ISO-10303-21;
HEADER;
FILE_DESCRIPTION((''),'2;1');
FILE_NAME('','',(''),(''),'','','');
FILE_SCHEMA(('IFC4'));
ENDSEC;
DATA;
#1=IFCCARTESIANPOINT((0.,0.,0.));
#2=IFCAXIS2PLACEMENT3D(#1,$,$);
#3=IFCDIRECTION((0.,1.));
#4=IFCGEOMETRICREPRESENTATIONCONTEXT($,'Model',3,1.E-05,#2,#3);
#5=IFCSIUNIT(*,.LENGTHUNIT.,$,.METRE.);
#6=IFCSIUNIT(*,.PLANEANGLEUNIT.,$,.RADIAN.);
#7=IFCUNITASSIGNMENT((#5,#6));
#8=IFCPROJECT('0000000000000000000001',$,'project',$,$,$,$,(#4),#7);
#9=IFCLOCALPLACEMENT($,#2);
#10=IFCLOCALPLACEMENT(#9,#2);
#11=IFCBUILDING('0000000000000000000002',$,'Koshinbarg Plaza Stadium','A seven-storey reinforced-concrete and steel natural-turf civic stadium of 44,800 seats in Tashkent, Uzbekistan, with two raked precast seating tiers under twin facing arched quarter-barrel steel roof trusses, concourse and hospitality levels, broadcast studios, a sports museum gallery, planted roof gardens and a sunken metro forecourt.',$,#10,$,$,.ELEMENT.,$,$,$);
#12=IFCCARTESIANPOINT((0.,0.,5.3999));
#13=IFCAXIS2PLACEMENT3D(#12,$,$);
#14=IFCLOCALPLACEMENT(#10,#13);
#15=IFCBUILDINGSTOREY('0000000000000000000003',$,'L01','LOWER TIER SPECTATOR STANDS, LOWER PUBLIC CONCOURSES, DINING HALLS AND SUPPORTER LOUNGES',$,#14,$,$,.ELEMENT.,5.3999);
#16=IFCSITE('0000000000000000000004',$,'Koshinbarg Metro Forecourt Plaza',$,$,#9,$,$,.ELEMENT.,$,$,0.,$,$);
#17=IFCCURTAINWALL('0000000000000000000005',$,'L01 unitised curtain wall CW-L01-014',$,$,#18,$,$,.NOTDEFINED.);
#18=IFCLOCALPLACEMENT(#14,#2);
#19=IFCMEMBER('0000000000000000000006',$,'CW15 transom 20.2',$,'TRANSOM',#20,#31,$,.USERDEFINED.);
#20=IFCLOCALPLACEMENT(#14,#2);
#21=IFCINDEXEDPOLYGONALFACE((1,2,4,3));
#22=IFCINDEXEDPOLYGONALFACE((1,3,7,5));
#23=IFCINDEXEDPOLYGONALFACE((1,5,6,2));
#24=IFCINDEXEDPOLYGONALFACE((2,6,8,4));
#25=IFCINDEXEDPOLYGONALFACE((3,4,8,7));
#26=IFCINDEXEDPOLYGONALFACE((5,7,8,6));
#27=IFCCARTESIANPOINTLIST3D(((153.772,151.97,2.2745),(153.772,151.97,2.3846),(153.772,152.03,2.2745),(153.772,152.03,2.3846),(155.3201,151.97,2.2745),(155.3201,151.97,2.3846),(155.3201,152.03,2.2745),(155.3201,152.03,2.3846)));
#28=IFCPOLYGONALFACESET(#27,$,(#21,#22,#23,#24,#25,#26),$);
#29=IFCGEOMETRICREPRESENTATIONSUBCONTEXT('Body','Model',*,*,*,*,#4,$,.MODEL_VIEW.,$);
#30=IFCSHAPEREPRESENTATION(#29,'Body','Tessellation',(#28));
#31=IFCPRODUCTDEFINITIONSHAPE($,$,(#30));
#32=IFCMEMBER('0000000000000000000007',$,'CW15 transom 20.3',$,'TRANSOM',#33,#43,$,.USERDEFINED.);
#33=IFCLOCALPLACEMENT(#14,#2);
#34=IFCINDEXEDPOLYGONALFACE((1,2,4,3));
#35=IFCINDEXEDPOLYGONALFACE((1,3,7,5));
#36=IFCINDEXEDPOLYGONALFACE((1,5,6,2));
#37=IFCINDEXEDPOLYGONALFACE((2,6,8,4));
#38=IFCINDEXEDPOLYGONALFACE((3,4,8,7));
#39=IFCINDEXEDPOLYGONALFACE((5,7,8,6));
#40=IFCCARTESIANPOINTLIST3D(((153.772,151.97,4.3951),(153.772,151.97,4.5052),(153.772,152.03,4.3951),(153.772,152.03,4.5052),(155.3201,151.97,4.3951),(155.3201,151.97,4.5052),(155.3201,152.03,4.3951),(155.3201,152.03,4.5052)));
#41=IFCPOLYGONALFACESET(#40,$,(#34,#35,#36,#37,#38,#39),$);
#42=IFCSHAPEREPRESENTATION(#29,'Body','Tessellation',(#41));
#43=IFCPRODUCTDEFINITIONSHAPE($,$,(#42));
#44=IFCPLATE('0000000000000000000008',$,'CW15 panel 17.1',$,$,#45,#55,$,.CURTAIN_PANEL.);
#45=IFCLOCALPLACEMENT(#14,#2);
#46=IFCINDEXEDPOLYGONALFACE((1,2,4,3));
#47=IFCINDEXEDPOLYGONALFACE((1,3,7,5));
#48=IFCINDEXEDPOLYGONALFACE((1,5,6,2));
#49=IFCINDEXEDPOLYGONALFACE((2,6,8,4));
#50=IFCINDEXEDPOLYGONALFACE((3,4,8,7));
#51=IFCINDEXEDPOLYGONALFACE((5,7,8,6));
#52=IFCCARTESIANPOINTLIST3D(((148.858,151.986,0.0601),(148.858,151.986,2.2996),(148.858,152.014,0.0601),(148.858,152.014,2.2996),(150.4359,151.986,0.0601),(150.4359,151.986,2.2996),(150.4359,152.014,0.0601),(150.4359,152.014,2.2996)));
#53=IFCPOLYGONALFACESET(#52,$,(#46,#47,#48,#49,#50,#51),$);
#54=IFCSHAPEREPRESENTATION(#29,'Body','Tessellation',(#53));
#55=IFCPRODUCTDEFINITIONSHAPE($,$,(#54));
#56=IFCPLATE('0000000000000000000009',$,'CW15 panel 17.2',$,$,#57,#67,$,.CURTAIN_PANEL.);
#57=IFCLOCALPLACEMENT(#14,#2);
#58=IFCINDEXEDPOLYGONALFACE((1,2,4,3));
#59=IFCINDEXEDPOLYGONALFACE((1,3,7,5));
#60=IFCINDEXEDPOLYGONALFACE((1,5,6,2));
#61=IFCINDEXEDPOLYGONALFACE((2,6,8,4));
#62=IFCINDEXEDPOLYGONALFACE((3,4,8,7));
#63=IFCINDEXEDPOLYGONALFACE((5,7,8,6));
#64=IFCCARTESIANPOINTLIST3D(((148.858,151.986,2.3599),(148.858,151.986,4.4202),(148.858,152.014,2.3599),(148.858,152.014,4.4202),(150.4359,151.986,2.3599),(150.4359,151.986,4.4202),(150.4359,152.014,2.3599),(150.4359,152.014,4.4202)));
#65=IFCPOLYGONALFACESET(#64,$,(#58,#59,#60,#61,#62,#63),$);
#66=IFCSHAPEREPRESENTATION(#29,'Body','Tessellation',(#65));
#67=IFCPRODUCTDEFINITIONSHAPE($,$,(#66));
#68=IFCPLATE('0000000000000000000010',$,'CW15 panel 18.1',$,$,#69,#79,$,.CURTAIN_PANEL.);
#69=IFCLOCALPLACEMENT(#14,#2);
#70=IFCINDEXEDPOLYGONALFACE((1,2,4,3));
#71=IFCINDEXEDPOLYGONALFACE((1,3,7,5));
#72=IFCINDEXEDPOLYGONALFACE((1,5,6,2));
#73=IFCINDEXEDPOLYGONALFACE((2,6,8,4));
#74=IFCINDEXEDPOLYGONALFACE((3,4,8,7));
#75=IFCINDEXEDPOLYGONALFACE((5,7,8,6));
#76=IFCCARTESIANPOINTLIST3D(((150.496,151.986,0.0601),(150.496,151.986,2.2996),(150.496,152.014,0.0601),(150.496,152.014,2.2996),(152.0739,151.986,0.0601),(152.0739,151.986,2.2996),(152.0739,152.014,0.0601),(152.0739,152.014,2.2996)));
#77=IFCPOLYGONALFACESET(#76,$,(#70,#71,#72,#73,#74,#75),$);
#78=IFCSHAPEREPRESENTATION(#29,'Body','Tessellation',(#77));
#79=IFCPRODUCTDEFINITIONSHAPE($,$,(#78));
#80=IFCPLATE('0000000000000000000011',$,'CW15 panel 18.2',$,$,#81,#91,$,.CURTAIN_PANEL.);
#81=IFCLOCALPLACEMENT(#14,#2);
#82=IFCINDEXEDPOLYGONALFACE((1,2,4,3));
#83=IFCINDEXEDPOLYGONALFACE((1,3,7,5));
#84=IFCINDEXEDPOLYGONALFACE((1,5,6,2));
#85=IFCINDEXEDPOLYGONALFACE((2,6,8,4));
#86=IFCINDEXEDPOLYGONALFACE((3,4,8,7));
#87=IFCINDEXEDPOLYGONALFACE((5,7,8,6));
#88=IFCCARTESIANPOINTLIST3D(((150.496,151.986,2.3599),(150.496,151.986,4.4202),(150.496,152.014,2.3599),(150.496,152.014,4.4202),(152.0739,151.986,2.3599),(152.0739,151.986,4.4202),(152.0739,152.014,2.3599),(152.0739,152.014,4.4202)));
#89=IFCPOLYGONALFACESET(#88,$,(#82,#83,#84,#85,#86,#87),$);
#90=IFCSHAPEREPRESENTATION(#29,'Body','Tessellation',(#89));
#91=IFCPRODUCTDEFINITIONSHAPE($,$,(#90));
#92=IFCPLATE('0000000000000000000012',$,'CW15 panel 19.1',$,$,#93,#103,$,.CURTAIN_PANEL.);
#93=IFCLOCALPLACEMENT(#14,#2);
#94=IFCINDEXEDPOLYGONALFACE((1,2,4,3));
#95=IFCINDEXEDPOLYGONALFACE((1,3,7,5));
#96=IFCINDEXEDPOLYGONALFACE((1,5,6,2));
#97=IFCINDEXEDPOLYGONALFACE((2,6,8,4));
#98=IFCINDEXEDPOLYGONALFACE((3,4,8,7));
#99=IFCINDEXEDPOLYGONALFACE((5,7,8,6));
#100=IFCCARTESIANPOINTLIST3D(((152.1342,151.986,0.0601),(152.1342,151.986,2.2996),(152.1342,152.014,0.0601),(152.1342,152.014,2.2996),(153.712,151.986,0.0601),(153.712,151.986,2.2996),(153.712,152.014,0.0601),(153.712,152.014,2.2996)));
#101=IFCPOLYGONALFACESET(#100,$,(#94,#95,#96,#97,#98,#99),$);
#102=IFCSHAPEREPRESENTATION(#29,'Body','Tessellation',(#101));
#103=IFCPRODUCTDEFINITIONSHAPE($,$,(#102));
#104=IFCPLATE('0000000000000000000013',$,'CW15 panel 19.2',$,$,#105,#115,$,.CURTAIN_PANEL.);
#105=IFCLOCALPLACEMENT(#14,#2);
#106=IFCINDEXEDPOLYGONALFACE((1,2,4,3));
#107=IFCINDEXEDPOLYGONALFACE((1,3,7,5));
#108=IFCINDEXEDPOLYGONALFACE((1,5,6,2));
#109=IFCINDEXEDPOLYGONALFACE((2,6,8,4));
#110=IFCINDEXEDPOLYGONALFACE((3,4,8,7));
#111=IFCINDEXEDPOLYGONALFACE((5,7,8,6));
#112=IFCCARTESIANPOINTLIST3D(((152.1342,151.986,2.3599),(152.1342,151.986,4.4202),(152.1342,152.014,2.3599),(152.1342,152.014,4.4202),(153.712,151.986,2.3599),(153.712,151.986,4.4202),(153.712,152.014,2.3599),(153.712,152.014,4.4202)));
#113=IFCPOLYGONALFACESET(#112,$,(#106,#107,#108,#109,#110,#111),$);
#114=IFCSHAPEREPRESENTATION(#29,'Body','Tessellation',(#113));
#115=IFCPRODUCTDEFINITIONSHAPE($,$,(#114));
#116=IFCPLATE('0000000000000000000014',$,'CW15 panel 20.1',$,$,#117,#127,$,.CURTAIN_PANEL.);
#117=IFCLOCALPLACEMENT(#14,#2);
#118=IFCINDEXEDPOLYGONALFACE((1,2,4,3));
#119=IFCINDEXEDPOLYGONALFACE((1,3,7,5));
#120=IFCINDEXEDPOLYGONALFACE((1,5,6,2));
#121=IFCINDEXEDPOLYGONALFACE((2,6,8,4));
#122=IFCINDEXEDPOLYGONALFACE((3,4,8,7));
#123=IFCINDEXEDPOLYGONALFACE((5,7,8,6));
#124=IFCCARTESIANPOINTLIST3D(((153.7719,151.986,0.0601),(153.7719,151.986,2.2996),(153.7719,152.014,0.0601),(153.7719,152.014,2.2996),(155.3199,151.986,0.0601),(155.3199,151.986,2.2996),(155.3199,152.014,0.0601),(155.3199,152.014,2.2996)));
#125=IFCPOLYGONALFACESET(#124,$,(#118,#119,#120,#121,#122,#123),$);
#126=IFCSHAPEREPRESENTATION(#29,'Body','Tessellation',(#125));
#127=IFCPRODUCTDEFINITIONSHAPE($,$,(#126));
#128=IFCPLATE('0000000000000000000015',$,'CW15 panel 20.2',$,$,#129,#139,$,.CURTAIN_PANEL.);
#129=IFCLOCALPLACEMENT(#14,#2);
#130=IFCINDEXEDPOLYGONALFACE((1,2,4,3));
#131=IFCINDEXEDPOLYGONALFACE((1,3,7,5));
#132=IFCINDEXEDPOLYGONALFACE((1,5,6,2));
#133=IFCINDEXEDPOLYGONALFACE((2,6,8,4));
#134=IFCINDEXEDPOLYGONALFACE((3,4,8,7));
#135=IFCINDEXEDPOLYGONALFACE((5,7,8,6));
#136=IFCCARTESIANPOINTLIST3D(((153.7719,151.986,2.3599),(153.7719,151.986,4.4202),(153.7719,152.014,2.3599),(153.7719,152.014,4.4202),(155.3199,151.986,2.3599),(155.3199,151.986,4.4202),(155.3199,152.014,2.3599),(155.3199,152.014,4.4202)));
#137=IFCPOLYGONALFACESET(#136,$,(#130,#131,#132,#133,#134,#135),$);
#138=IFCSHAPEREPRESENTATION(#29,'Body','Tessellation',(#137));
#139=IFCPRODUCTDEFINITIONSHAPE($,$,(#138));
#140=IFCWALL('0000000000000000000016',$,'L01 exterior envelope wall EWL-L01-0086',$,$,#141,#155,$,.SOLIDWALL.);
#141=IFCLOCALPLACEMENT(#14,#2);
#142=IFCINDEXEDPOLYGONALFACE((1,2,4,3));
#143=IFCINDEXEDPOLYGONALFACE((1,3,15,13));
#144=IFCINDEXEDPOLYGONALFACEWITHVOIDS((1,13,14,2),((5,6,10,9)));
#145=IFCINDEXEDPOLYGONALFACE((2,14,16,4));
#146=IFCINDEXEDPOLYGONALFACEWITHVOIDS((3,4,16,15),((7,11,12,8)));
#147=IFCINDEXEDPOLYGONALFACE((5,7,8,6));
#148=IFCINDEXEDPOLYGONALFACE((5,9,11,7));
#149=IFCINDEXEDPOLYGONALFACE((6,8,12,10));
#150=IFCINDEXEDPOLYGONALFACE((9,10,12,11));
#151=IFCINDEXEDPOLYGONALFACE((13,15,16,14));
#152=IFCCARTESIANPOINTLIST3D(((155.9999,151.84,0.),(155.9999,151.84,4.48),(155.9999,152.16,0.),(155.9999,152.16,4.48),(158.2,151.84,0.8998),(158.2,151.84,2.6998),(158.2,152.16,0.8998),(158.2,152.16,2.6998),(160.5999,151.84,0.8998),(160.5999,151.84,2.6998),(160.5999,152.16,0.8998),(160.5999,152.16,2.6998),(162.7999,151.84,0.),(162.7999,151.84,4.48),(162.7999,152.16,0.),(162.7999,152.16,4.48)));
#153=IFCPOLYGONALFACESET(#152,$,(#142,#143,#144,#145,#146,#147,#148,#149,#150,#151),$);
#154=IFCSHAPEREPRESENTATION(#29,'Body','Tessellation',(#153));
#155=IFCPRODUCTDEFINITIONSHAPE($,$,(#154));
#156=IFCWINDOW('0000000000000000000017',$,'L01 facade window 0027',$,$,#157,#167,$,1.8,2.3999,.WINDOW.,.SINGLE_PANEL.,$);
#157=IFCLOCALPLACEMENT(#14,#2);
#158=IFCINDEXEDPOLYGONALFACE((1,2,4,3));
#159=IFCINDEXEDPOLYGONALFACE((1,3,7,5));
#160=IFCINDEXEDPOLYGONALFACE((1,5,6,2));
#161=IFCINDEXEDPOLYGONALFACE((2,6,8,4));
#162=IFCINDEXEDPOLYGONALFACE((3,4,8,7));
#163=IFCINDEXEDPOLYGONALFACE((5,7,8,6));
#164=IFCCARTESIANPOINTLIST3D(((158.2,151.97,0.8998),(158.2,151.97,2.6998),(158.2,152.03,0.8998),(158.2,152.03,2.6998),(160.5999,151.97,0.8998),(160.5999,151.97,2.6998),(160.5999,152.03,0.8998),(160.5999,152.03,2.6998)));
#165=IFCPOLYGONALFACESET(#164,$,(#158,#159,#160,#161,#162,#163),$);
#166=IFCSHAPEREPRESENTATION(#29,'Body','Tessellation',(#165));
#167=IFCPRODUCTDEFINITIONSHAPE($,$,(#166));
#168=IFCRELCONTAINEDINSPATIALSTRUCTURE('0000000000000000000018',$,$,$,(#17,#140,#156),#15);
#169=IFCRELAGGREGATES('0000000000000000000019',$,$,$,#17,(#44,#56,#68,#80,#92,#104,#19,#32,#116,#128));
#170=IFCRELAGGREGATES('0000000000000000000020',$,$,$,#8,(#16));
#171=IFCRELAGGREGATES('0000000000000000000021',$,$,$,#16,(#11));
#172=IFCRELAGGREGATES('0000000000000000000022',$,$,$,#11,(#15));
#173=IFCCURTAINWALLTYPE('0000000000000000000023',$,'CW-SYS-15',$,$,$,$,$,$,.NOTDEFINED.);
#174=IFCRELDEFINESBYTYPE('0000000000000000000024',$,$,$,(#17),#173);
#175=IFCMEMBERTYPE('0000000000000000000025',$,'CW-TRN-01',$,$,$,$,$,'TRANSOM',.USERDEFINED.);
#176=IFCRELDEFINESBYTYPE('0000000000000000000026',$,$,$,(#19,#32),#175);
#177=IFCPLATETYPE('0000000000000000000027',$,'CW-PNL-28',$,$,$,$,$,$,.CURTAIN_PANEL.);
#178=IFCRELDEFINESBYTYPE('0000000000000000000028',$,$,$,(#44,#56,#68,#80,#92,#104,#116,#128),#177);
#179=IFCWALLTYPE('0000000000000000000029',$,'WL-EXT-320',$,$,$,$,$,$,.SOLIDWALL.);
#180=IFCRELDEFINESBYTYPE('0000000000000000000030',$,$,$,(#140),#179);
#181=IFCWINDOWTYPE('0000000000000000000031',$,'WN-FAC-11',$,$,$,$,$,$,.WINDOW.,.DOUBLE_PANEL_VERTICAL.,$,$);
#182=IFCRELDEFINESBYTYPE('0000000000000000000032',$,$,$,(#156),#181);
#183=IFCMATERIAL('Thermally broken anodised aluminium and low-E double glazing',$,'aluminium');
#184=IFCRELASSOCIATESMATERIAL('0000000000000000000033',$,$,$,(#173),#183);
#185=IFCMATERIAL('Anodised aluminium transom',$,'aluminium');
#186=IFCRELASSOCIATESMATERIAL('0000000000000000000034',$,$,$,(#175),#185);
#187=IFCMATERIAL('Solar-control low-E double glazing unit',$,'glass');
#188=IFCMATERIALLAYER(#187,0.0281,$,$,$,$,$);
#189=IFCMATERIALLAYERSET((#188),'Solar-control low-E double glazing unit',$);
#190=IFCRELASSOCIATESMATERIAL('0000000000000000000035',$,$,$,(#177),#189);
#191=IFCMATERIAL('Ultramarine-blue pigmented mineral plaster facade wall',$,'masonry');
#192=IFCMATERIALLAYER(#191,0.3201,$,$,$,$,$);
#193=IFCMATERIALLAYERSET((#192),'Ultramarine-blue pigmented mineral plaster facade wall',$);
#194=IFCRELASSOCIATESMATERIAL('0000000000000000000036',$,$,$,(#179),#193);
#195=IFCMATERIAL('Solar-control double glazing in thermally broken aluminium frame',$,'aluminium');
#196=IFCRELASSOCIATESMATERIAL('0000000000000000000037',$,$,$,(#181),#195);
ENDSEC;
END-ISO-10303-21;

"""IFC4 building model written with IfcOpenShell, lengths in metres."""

from ifc_helpers import new_model, si_unit, direction, frame, frame_2d, origin, origin_2d, place, context, subcontext, project, spatial, rectangle, extrude, material, layer, layer_set, material_profile, profile_set, type_object, element, fill, aggregate, save


model = new_model("IFC4")

# Units and contexts
model_context = context("Model", 3, precision=1e-05, world=origin(), true_north=direction((0.0, 1.0)))
body_context = subcontext(model_context, "Body", "Model", "MODEL_VIEW")
ifc_project = project(units=[si_unit("LENGTHUNIT", "METRE"), si_unit("PLANEANGLEUNIT", "RADIAN")], contexts=[model_context])

# Site, building, storey
site_placement = place(None, origin())
site = spatial("IfcSite", under=ifc_project, at=site_placement, Name="Koshinbarg Metro Forecourt Plaza", CompositionType="ELEMENT", RefElevation=0.0)
building_placement = place(site_placement, origin())
building = spatial("IfcBuilding", under=site, at=building_placement, Name="Koshinbarg Plaza Stadium", Description="A seven-storey reinforced-concrete and steel natural-turf civic stadium of 44,800 seats in Tashkent, Uzbekistan, with two raked precast seating tiers under twin facing arched quarter-barrel steel roof trusses, concourse and hospitality levels, broadcast studios, a sports museum gallery, planted roof gardens and a sunken metro forecourt.", CompositionType="ELEMENT")
storey_placement = place(building_placement, frame((0.0, 0.0, 5.3999)))
storey = spatial("IfcBuildingStorey", under=building, at=storey_placement, Name="L01", Description="LOWER TIER SPECTATOR STANDS, LOWER PUBLIC CONCOURSES, DINING HALLS AND SUPPORTER LOUNGES", CompositionType="ELEMENT", Elevation=5.3999)

# Curtain wall, members, plates
ifc_material_1 = material(Name="Thermally broken anodised aluminium and low-E double glazing", Category="aluminium")
curtain_wall_type = type_object("IfcCurtainWallType", Name="CW-SYS-15", PredefinedType="NOTDEFINED", material=ifc_material_1)
curtain_wall_placement = place(storey_placement, origin())
curtain_wall = element("IfcCurtainWall", 1, at=curtain_wall_placement, inside=storey, type_object=curtain_wall_type, Name="L01 unitised curtain wall CW-L01-014", PredefinedType="NOTDEFINED")
ifc_material_2 = material(Name="Anodised aluminium transom", Category="aluminium")
ifc_material_profile_1 = material_profile(ifc_material_2, rectangle(XDim=0.0601, YDim=0.1101, at=origin_2d()), Name="ALU 60x110")
ifc_profile_set_1 = profile_set([ifc_material_profile_1], Name="Anodised aluminium transom")
member_type_1 = type_object("IfcMemberType", Name="CW-TRN-01", ElementType="TRANSOM", PredefinedType="USERDEFINED", material=ifc_profile_set_1)
member_1_placement = place(storey_placement, frame((153.772, 152.0, 2.3296), z_axis=(1.0, 0.0, 0.0), x_axis=(0.0, 1.0, 0.0)))
member_1 = element("IfcMember", 2, at=member_1_placement, type_object=member_type_1, Name="CW15 transom 20.2", ObjectType="TRANSOM", PredefinedType="USERDEFINED", context=body_context, shape_type="SweptSolid", body=[
    extrude(rectangle(XDim=0.0601, YDim=0.1101, at=origin_2d()), origin(), (0.0, 0.0, 1.0), 1.5481),
])
member_2_placement = place(storey_placement, frame((153.772, 152.0, 4.4502), z_axis=(1.0, 0.0, 0.0), x_axis=(0.0, 1.0, 0.0)))
member_2 = element("IfcMember", 3, at=member_2_placement, type_object=member_type_1, Name="CW15 transom 20.3", ObjectType="TRANSOM", PredefinedType="USERDEFINED", context=body_context, shape_type="SweptSolid", body=[
    extrude(rectangle(XDim=0.0601, YDim=0.1101, at=origin_2d()), origin(), (0.0, 0.0, 1.0), 1.5481),
])
ifc_material_3 = material(Name="Solar-control low-E double glazing unit", Category="glass")
ifc_layer_1 = layer(ifc_material_3, 0.0281)
ifc_layer_set_1 = layer_set([ifc_layer_1], Name="Solar-control low-E double glazing unit")
plate_type = type_object("IfcPlateType", Name="CW-PNL-28", PredefinedType="CURTAIN_PANEL", material=ifc_layer_set_1)
plate_1_placement = place(storey_placement, frame((149.647, 152.0, 0.0601), z_axis=(0.0, 0.0, 1.0), x_axis=(1.0, 0.0, 0.0)))
plate_1 = element("IfcPlate", 4, at=plate_1_placement, type_object=plate_type, Name="CW15 panel 17.1", PredefinedType="CURTAIN_PANEL", context=body_context, shape_type="SweptSolid", body=[
    extrude(rectangle(XDim=1.5779, YDim=0.0281, at=origin_2d()), origin(), (0.0, 0.0, 1.0), 2.2395),
])
plate_2_placement = place(storey_placement, frame((149.647, 152.0, 2.3599), z_axis=(0.0, 0.0, 1.0), x_axis=(1.0, 0.0, 0.0)))
plate_2 = element("IfcPlate", 5, at=plate_2_placement, type_object=plate_type, Name="CW15 panel 17.2", PredefinedType="CURTAIN_PANEL", context=body_context, shape_type="SweptSolid", body=[
    extrude(rectangle(XDim=1.5779, YDim=0.0281, at=origin_2d()), origin(), (0.0, 0.0, 1.0), 2.0603),
])
plate_3_placement = place(storey_placement, frame((151.2849, 152.0, 0.0601), z_axis=(0.0, 0.0, 1.0), x_axis=(1.0, 0.0, 0.0)))
plate_3 = element("IfcPlate", 6, at=plate_3_placement, type_object=plate_type, Name="CW15 panel 18.1", PredefinedType="CURTAIN_PANEL", context=body_context, shape_type="SweptSolid", body=[
    extrude(rectangle(XDim=1.5779, YDim=0.0281, at=origin_2d()), origin(), (0.0, 0.0, 1.0), 2.2395),
])
plate_4_placement = place(storey_placement, frame((151.2849, 152.0, 2.3599), z_axis=(0.0, 0.0, 1.0), x_axis=(1.0, 0.0, 0.0)))
plate_4 = element("IfcPlate", 7, at=plate_4_placement, type_object=plate_type, Name="CW15 panel 18.2", PredefinedType="CURTAIN_PANEL", context=body_context, shape_type="SweptSolid", body=[
    extrude(rectangle(XDim=1.5779, YDim=0.0281, at=origin_2d()), origin(), (0.0, 0.0, 1.0), 2.0603),
])
plate_5_placement = place(storey_placement, frame((152.9231, 152.0, 0.0601), z_axis=(0.0, 0.0, 1.0), x_axis=(1.0, 0.0, 0.0)))
plate_5 = element("IfcPlate", 8, at=plate_5_placement, type_object=plate_type, Name="CW15 panel 19.1", PredefinedType="CURTAIN_PANEL", context=body_context, shape_type="SweptSolid", body=[
    extrude(rectangle(XDim=1.5779, YDim=0.0281, at=origin_2d()), origin(), (0.0, 0.0, 1.0), 2.2395),
])
plate_6_placement = place(storey_placement, frame((152.9231, 152.0, 2.3599), z_axis=(0.0, 0.0, 1.0), x_axis=(1.0, 0.0, 0.0)))
plate_6 = element("IfcPlate", 9, at=plate_6_placement, type_object=plate_type, Name="CW15 panel 19.2", PredefinedType="CURTAIN_PANEL", context=body_context, shape_type="SweptSolid", body=[
    extrude(rectangle(XDim=1.5779, YDim=0.0281, at=origin_2d()), origin(), (0.0, 0.0, 1.0), 2.0603),
])
plate_7_placement = place(storey_placement, frame((154.5459, 152.0, 0.0601), z_axis=(0.0, 0.0, 1.0), x_axis=(1.0, 0.0, 0.0)))
plate_7 = element("IfcPlate", 10, at=plate_7_placement, type_object=plate_type, Name="CW15 panel 20.1", PredefinedType="CURTAIN_PANEL", context=body_context, shape_type="SweptSolid", body=[
    extrude(rectangle(XDim=1.5481, YDim=0.0281, at=origin_2d()), origin(), (0.0, 0.0, 1.0), 2.2395),
])
plate_8_placement = place(storey_placement, frame((154.5459, 152.0, 2.3599), z_axis=(0.0, 0.0, 1.0), x_axis=(1.0, 0.0, 0.0)))
plate_8 = element("IfcPlate", 11, at=plate_8_placement, type_object=plate_type, Name="CW15 panel 20.2", PredefinedType="CURTAIN_PANEL", context=body_context, shape_type="SweptSolid", body=[
    extrude(rectangle(XDim=1.5481, YDim=0.0281, at=origin_2d()), origin(), (0.0, 0.0, 1.0), 2.0603),
])
aggregate(curtain_wall, [plate_1, plate_2, plate_3, plate_4, plate_5, plate_6, member_1, member_2, plate_7, plate_8])

# Wall, opening, window
ifc_material_4 = material(Name="Ultramarine-blue pigmented mineral plaster facade wall", Category="masonry")
ifc_layer_2 = layer(ifc_material_4, 0.3201)
ifc_layer_set_2 = layer_set([ifc_layer_2], Name="Ultramarine-blue pigmented mineral plaster facade wall")
wall_type = type_object("IfcWallType", Name="WL-EXT-320", PredefinedType="SOLIDWALL", material=ifc_layer_set_2)
wall_placement = place(storey_placement, frame((156.0, 152.0, 0.0), z_axis=(0.0, 0.0, 1.0), x_axis=(1.0, 0.0, 0.0)))
wall = element("IfcWall", 12, at=wall_placement, inside=storey, type_object=wall_type, Name="L01 exterior envelope wall EWL-L01-0086", PredefinedType="SOLIDWALL", context=body_context, shape_type="SweptSolid", body=[
    extrude(rectangle(XDim=6.8, YDim=0.3201, at=frame_2d((3.3999, 0.0))), origin(), (0.0, 0.0, 1.0), 4.48),
])
opening_placement = place(wall_placement, frame((2.2, 0.0, 0.8999)))
opening = element("IfcOpeningElement", 13, at=opening_placement, cuts=wall, PredefinedType="OPENING", context=body_context, shape_type="SweptSolid", body=[
    extrude(rectangle(XDim=2.3999, YDim=1.8, at=frame_2d((1.2, 0.8999))), frame((0.0, 0.1699, 0.0), z_axis=(0.0, -1.0, 0.0), x_axis=(1.0, 0.0, 0.0)), (0.0, 0.0, 1.0), 0.3401),
])
ifc_material_5 = material(Name="Solar-control double glazing in thermally broken aluminium frame", Category="aluminium")
window_type = type_object("IfcWindowType", Name="WN-FAC-11", PartitioningType="DOUBLE_PANEL_VERTICAL", PredefinedType="WINDOW", material=ifc_material_5)
window_placement = place(opening_placement, origin())
window = element("IfcWindow", 14, at=window_placement, inside=storey, type_object=window_type, Name="L01 facade window 0027", OverallHeight=1.8, OverallWidth=2.3999, PartitioningType="SINGLE_PANEL", PredefinedType="WINDOW", context=body_context, shape_type="SweptSolid", body=[
    extrude(rectangle(XDim=2.3999, YDim=1.8, at=frame_2d((1.2, 0.8999))), frame((0.0, 0.03, 0.0), z_axis=(0.0, -1.0, 0.0), x_axis=(1.0, 0.0, 0.0)), (0.0, 0.0, 1.0), 0.0601),
])
fill(opening, window)

save(model, "model.ifc")
